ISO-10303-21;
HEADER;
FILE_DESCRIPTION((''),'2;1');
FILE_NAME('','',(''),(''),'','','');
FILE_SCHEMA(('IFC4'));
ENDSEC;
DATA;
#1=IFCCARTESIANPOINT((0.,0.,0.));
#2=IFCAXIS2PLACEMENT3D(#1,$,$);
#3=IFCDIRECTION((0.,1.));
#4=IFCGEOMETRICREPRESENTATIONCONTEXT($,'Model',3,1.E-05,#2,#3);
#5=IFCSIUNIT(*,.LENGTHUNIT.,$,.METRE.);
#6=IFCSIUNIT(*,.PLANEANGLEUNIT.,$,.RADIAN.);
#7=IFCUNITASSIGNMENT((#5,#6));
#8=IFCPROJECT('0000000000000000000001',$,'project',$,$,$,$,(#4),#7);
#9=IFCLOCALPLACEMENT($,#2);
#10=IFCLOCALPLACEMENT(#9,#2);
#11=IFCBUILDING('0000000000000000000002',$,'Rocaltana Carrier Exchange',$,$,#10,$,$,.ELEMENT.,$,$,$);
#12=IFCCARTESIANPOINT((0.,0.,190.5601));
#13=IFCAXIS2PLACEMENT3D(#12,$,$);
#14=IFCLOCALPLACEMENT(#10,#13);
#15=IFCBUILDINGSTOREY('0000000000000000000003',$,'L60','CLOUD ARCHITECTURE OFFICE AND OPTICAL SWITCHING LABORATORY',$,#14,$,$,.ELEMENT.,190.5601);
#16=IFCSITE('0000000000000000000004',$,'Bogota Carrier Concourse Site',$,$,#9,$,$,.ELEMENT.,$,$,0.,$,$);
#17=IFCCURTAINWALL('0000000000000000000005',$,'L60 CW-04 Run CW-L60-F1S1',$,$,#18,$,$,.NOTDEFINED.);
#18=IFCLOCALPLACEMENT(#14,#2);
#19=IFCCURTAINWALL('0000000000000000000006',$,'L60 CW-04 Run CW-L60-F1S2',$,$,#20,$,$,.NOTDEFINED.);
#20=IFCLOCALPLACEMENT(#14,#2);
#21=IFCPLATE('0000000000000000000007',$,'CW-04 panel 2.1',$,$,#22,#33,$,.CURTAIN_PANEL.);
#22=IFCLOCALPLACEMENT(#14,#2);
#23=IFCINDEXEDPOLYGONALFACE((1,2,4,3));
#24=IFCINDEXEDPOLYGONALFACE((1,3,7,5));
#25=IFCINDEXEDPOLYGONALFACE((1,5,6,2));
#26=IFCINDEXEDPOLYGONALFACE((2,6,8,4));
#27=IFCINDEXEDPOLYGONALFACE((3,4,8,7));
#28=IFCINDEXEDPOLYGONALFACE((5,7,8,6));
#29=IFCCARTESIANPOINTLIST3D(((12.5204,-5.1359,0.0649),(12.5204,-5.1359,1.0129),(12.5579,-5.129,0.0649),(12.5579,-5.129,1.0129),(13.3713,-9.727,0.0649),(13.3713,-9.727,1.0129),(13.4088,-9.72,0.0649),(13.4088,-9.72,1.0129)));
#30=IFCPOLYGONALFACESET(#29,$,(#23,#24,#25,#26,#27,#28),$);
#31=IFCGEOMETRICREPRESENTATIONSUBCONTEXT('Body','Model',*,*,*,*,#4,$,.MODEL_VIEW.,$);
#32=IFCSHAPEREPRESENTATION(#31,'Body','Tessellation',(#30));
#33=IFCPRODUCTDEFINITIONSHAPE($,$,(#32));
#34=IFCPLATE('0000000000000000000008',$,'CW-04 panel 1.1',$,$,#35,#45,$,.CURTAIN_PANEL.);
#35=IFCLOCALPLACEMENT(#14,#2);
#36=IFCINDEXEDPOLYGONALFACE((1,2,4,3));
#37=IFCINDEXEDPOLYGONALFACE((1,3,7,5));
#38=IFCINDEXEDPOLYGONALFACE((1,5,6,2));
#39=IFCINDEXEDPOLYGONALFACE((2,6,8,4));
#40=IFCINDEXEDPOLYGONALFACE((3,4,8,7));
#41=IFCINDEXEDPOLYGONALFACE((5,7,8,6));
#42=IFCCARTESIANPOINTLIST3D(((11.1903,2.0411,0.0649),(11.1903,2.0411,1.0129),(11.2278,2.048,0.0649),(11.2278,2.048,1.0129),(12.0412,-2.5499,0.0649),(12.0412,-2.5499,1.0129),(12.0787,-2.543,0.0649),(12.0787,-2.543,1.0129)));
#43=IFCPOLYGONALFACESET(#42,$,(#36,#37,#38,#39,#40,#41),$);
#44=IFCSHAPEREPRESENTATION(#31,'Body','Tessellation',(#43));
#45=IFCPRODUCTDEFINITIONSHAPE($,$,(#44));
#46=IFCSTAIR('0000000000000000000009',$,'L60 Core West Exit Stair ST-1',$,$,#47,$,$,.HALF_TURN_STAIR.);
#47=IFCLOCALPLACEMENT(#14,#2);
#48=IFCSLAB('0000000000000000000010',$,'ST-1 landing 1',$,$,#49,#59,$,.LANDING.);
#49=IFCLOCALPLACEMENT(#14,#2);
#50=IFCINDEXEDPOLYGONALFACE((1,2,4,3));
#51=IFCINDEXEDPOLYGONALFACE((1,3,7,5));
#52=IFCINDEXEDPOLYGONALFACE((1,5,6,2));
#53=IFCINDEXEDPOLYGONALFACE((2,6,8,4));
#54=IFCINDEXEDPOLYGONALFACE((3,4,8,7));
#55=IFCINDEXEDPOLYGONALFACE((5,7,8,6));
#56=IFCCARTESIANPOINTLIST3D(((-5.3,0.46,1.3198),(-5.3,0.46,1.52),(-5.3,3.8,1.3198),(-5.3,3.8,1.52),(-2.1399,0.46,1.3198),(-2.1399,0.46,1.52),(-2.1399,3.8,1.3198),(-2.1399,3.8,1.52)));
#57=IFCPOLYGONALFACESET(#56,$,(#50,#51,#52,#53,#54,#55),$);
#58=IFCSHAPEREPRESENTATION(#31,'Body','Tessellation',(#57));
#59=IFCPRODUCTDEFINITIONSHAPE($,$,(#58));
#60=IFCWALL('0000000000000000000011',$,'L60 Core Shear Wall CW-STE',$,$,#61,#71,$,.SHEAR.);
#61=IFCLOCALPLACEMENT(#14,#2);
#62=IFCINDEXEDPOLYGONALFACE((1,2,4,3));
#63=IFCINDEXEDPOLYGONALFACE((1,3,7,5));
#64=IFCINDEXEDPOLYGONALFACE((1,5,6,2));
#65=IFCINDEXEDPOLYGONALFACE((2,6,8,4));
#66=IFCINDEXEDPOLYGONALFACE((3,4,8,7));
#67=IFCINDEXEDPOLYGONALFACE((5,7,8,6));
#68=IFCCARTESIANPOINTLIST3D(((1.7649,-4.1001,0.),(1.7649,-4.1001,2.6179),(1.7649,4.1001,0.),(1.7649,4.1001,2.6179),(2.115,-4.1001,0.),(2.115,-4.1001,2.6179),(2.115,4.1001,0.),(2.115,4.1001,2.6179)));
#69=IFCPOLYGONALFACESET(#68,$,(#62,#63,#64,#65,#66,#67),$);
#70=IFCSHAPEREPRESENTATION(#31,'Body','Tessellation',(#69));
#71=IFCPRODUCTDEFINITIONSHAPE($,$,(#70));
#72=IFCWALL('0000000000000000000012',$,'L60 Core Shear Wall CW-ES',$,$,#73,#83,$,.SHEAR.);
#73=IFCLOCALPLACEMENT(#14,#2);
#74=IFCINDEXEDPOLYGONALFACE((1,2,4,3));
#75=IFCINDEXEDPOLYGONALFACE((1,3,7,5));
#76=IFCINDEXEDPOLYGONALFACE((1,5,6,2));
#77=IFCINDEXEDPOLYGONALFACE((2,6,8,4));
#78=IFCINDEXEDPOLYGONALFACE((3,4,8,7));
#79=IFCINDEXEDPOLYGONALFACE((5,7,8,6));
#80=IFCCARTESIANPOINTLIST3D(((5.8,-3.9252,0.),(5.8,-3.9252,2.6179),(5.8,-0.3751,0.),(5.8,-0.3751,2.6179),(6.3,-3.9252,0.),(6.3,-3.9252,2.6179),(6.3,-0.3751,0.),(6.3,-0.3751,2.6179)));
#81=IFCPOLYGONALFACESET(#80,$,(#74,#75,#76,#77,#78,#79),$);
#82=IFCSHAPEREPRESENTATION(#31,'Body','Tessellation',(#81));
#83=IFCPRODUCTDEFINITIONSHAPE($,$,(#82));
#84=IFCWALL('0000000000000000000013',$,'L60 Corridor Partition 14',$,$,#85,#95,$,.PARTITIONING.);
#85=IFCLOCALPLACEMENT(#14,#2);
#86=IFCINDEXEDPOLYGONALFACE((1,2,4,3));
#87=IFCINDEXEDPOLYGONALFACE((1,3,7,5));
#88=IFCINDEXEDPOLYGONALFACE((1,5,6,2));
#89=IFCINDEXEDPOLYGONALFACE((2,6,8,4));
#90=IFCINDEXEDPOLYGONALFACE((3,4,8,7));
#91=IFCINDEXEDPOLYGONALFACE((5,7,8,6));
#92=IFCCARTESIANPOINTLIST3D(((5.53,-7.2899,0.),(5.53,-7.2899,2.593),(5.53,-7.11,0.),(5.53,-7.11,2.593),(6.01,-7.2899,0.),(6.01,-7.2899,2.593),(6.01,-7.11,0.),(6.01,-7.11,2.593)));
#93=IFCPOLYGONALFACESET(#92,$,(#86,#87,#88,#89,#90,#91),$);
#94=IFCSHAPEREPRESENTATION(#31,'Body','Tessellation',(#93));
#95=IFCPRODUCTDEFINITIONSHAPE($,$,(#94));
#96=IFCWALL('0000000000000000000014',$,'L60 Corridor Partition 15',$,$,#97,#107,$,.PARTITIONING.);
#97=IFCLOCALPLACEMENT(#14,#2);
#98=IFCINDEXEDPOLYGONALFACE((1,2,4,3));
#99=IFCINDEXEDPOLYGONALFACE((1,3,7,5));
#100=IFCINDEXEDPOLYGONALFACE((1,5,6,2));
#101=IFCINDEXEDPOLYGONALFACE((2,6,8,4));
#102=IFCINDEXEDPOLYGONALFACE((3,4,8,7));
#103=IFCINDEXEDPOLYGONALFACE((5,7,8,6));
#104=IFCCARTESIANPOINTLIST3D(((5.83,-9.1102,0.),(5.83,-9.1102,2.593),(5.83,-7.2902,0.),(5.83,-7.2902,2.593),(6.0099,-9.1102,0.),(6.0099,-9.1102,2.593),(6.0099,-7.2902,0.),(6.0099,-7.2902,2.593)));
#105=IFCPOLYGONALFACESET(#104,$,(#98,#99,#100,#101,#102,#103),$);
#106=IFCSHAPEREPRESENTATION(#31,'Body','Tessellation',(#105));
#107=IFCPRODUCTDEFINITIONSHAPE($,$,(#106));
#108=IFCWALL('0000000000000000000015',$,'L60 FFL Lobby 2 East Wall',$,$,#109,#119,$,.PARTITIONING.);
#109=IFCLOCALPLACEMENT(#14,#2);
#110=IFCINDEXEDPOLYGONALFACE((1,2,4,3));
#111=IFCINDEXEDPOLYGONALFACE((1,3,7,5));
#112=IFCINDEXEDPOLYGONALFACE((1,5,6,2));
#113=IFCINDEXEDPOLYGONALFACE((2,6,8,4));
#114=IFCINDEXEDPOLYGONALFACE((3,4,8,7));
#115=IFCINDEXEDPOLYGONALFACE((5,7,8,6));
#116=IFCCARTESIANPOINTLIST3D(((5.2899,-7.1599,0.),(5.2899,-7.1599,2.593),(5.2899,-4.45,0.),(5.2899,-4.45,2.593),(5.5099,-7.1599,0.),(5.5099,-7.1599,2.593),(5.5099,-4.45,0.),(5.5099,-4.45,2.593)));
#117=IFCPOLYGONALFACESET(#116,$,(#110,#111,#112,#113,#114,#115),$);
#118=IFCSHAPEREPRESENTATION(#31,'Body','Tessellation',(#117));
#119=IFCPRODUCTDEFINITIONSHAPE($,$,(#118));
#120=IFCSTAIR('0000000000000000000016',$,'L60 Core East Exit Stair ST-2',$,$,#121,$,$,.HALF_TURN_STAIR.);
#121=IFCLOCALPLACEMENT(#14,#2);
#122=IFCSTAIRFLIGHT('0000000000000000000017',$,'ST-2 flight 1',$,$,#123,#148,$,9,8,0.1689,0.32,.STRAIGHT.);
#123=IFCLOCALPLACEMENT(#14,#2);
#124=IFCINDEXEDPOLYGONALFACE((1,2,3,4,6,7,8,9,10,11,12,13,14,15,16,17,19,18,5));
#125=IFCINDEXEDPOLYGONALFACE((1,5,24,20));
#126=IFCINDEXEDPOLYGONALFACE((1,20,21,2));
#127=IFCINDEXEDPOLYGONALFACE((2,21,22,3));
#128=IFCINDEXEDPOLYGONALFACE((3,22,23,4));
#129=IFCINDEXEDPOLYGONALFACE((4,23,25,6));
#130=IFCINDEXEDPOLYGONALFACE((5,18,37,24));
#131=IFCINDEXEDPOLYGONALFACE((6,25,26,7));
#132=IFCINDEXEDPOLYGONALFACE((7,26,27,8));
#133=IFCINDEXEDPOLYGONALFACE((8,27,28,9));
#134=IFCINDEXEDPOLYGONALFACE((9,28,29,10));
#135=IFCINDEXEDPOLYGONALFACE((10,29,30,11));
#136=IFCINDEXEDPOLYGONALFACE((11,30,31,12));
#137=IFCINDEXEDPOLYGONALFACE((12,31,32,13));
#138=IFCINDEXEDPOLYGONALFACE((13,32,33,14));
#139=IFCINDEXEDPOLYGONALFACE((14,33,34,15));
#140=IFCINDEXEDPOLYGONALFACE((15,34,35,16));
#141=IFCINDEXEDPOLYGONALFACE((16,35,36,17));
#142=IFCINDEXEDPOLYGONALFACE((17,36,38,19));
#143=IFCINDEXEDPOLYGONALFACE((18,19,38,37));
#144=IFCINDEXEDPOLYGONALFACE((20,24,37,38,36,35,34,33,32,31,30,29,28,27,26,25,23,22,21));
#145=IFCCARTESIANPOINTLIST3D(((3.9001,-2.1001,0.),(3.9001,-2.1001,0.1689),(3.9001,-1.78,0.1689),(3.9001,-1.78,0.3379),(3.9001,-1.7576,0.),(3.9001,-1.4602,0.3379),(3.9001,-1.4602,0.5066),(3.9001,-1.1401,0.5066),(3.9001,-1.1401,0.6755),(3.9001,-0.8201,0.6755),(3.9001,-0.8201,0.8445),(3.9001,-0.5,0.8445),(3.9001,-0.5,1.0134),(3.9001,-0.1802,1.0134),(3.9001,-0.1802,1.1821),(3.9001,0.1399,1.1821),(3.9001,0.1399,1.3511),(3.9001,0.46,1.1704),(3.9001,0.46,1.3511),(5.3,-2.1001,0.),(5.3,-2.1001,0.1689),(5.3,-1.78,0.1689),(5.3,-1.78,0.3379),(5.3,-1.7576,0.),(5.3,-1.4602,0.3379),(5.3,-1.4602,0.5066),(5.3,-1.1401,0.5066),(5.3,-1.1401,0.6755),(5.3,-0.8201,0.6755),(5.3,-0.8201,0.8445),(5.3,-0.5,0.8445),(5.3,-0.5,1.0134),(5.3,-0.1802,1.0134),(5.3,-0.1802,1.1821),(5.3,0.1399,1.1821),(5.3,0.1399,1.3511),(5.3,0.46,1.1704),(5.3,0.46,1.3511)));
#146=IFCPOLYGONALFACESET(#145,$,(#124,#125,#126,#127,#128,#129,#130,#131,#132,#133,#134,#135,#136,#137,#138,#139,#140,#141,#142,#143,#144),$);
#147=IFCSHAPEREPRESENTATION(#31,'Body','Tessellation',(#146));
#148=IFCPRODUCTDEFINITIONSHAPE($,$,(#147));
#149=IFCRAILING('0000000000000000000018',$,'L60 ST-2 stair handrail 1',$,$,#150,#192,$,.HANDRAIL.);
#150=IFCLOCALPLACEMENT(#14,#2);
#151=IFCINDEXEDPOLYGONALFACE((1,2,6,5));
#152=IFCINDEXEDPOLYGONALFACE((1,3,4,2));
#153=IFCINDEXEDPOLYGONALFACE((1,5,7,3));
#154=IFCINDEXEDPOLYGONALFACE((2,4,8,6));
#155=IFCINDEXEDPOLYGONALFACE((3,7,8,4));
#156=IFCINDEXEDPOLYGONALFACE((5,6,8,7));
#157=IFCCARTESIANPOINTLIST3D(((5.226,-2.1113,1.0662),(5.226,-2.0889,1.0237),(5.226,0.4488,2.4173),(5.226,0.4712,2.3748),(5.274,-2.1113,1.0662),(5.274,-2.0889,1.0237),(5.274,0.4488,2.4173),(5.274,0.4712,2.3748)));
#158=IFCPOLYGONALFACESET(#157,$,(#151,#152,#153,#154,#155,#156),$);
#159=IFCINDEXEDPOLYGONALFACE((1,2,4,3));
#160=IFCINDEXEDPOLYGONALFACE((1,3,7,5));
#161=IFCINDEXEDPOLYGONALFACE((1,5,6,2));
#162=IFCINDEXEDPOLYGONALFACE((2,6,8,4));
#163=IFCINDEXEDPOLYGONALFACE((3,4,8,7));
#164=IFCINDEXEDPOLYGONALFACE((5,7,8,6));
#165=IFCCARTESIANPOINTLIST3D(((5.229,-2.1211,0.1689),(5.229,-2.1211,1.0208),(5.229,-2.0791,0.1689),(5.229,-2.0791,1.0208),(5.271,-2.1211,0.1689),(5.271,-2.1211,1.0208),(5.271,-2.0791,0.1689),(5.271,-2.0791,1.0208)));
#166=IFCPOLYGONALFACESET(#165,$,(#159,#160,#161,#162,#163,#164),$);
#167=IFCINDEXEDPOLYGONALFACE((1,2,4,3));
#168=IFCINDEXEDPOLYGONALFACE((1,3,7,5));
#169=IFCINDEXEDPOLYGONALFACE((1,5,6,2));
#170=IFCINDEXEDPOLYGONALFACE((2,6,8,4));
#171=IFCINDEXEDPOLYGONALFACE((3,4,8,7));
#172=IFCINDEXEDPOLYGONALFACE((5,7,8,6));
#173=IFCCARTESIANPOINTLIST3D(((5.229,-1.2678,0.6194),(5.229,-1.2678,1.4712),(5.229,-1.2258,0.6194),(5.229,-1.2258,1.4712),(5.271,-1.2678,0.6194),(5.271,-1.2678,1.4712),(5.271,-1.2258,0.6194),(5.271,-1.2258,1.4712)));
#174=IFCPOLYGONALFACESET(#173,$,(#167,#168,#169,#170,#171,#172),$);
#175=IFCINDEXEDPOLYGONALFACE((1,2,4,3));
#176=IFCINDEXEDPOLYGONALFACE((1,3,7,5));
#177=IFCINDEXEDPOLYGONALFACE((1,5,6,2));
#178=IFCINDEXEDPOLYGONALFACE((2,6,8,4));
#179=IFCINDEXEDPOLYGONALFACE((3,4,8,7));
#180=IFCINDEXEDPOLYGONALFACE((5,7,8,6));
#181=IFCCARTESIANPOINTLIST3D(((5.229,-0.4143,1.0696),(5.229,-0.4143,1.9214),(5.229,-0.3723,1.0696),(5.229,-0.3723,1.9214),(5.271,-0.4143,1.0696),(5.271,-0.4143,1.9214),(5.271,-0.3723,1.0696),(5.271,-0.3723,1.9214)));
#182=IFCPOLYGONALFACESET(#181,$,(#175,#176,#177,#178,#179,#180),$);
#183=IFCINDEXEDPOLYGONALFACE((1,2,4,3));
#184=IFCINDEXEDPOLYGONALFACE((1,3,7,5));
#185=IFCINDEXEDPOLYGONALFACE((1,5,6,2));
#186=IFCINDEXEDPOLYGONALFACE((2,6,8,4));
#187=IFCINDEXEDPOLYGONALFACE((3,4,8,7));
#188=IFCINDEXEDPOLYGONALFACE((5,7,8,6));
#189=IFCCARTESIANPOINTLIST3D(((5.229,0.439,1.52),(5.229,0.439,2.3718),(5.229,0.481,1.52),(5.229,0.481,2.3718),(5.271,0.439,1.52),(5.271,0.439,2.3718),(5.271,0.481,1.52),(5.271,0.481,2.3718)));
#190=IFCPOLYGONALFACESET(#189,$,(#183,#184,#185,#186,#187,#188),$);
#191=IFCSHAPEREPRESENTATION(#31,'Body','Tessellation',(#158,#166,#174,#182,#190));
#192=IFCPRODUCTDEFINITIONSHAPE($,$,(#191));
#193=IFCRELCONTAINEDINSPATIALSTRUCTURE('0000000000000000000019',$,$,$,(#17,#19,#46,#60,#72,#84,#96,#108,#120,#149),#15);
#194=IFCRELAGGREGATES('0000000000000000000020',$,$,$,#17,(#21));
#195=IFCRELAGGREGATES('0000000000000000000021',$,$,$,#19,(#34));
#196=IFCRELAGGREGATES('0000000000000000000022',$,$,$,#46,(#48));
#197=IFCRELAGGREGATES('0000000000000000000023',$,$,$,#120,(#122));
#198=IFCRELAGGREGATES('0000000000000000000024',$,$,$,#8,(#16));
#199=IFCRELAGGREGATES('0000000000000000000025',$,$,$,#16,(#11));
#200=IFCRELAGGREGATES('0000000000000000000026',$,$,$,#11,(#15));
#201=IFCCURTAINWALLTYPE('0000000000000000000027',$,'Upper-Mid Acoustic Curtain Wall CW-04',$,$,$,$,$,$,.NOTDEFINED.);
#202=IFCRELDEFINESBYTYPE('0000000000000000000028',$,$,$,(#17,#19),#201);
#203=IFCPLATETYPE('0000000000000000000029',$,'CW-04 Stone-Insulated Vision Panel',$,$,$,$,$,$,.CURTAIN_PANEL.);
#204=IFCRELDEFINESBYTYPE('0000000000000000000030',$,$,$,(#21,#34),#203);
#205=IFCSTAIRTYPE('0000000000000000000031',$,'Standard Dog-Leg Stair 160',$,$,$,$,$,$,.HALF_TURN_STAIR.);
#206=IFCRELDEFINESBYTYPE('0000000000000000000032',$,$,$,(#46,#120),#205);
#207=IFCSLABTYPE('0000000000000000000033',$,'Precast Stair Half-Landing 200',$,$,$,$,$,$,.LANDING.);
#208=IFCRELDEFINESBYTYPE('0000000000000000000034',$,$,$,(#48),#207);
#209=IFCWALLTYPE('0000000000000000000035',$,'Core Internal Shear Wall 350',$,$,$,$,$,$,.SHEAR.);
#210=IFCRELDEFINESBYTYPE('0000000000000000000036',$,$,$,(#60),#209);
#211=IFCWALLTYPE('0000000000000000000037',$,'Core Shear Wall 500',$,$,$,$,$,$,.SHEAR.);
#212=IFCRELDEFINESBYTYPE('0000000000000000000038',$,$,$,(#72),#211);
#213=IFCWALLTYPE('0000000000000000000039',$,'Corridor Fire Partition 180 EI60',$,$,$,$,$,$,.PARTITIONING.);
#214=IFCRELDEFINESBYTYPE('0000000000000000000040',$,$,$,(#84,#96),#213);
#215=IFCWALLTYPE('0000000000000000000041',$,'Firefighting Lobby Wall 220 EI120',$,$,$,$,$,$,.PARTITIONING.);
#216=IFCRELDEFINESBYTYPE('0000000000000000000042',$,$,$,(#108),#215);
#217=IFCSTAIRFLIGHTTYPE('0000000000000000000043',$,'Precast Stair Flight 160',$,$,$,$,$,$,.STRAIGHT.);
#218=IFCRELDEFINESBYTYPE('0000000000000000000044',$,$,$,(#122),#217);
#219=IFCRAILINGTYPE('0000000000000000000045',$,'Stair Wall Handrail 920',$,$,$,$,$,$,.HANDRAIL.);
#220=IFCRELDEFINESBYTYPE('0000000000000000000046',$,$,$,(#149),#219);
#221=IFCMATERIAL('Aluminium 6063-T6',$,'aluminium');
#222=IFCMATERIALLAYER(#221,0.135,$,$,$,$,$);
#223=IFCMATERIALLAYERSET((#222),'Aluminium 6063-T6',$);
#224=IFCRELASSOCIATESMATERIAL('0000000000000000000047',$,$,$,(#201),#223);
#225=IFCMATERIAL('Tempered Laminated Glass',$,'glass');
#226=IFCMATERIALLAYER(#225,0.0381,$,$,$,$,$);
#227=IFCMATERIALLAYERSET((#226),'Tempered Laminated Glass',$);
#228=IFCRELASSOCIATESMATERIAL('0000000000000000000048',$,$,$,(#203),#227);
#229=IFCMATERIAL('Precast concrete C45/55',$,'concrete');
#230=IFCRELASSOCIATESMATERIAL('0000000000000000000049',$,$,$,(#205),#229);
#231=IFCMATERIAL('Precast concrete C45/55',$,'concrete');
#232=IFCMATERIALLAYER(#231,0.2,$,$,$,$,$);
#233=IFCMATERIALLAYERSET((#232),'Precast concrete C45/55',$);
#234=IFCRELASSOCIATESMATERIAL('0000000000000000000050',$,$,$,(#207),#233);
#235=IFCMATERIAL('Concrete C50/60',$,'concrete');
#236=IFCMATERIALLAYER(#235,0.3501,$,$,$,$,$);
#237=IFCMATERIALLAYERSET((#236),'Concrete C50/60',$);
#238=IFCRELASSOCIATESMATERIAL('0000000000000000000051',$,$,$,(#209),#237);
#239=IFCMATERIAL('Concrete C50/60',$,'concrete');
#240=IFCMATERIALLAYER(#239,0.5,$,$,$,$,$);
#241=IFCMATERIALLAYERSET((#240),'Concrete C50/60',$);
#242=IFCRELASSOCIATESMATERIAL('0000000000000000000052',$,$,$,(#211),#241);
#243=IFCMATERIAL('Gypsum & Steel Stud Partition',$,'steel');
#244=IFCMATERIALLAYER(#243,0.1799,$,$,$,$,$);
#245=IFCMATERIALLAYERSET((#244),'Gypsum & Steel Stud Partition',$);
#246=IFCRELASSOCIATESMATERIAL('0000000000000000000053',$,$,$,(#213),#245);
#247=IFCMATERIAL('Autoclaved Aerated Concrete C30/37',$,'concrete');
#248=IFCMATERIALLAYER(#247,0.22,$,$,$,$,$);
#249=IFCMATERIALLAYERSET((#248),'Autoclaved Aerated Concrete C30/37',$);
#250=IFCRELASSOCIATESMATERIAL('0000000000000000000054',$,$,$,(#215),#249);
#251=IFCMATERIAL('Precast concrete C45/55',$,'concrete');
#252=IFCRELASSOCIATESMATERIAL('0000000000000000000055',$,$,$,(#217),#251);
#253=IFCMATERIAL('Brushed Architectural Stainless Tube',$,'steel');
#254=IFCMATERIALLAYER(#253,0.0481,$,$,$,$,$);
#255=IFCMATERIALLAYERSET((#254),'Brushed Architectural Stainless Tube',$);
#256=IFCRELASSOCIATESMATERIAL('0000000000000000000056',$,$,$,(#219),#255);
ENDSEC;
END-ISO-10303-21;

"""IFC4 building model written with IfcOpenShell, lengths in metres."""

from ifc_helpers import new_model, si_unit, direction, frame, frame_2d, origin, origin_2d, place, context, subcontext, project, spatial, polyline, rectangle, outline, extrude, material, layer, layer_set, type_object, element, aggregate, save


model = new_model("IFC4")

# Units and contexts
model_context = context("Model", 3, precision=1e-05, world=origin(), true_north=direction((0.0, 1.0)))
body_context = subcontext(model_context, "Body", "Model", "MODEL_VIEW")
ifc_project = project(units=[si_unit("LENGTHUNIT", "METRE"), si_unit("PLANEANGLEUNIT", "RADIAN")], contexts=[model_context])

# Site, building, storey
site_placement = place(None, origin())
site = spatial("IfcSite", under=ifc_project, at=site_placement, Name="Bogota Carrier Concourse Site", CompositionType="ELEMENT", RefElevation=0.0)
building_placement = place(site_placement, origin())
building = spatial("IfcBuilding", under=site, at=building_placement, Name="Rocaltana Carrier Exchange", CompositionType="ELEMENT")
storey_placement = place(building_placement, frame((0.0, 0.0, 190.5601)))
storey = spatial("IfcBuildingStorey", under=building, at=storey_placement, Name="L60", Description="CLOUD ARCHITECTURE OFFICE AND OPTICAL SWITCHING LABORATORY", CompositionType="ELEMENT", Elevation=190.5601)

# Curtain wall
ifc_material_1 = material(Name="Aluminium 6063-T6", Category="aluminium")
ifc_layer_1 = layer(ifc_material_1, 0.135)
ifc_layer_set_1 = layer_set([ifc_layer_1], Name="Aluminium 6063-T6")
curtain_wall_type = type_object("IfcCurtainWallType", Name="Upper-Mid Acoustic Curtain Wall CW-04", PredefinedType="NOTDEFINED", material=ifc_layer_set_1)
curtain_wall_1_placement = place(storey_placement, origin())
curtain_wall_1 = element("IfcCurtainWall", 1, at=curtain_wall_1_placement, inside=storey, type_object=curtain_wall_type, Name="L60 CW-04 Run CW-L60-F1S1", PredefinedType="NOTDEFINED")

# Curtain wall
curtain_wall_2_placement = place(storey_placement, origin())
curtain_wall_2 = element("IfcCurtainWall", 2, at=curtain_wall_2_placement, inside=storey, type_object=curtain_wall_type, Name="L60 CW-04 Run CW-L60-F1S2", PredefinedType="NOTDEFINED")

# Plates
ifc_material_2 = material(Name="Tempered Laminated Glass", Category="glass")
ifc_layer_2 = layer(ifc_material_2, 0.0381)
ifc_layer_set_2 = layer_set([ifc_layer_2], Name="Tempered Laminated Glass")
plate_type = type_object("IfcPlateType", Name="CW-04 Stone-Insulated Vision Panel", PredefinedType="CURTAIN_PANEL", material=ifc_layer_set_2)
plate_1_placement = place(storey_placement, frame((12.9646, -7.428, 0.0649), z_axis=(0.0, 0.0, 1.0), x_axis=(-0.182234, 0.983255, 0.0)))
plate_1 = element("IfcPlate", 3, at=plate_1_placement, type_object=plate_type, Name="CW-04 panel 2.1", PredefinedType="CURTAIN_PANEL", context=body_context, shape_type="SweptSolid", body=[
    extrude(rectangle(XDim=4.6692, YDim=0.0381, at=origin_2d()), origin(), (0.0, 0.0, 1.0), 0.948),
])
aggregate(curtain_wall_1, [plate_1])
plate_2_placement = place(storey_placement, frame((11.6345, -0.251, 0.0649), z_axis=(0.0, 0.0, 1.0), x_axis=(-0.182236, 0.983255, 0.0)))
plate_2 = element("IfcPlate", 4, at=plate_2_placement, type_object=plate_type, Name="CW-04 panel 1.1", PredefinedType="CURTAIN_PANEL", context=body_context, shape_type="SweptSolid", body=[
    extrude(rectangle(XDim=4.6692, YDim=0.0381, at=origin_2d()), origin(), (0.0, 0.0, 1.0), 0.948),
])
aggregate(curtain_wall_2, [plate_2])

# Stair, slab
ifc_material_3 = material(Name="Precast concrete C45/55", Category="concrete")
stair_type = type_object("IfcStairType", Name="Standard Dog-Leg Stair 160", PredefinedType="HALF_TURN_STAIR", material=ifc_material_3)
stair_1_placement = place(storey_placement, origin())
stair_1 = element("IfcStair", 5, at=stair_1_placement, inside=storey, type_object=stair_type, Name="L60 Core West Exit Stair ST-1", PredefinedType="HALF_TURN_STAIR")
ifc_material_4 = material(Name="Precast concrete C45/55", Category="concrete")
ifc_layer_3 = layer(ifc_material_4, 0.2)
ifc_layer_set_3 = layer_set([ifc_layer_3], Name="Precast concrete C45/55")
slab_type = type_object("IfcSlabType", Name="Precast Stair Half-Landing 200", PredefinedType="LANDING", material=ifc_layer_set_3)
slab_placement = place(storey_placement, frame((0.0, 0.0, 1.3198)))
slab = element("IfcSlab", 6, at=slab_placement, type_object=slab_type, Name="ST-1 landing 1", PredefinedType="LANDING", context=body_context, shape_type="SweptSolid", body=[
    extrude(outline(polyline([(-2.1399, 0.46), (-2.1399, 3.8), (-5.3, 3.8), (-5.3, 0.46), (-2.1399, 0.46)])), origin(), (0.0, 0.0, 1.0), 0.2002),
])
aggregate(stair_1, [slab])

# Walls
ifc_material_5 = material(Name="Concrete C50/60", Category="concrete")
ifc_layer_4 = layer(ifc_material_5, 0.3501)
ifc_layer_set_4 = layer_set([ifc_layer_4], Name="Concrete C50/60")
wall_type_1 = type_object("IfcWallType", Name="Core Internal Shear Wall 350", PredefinedType="SHEAR", material=ifc_layer_set_4)
wall_1_placement = place(storey_placement, frame((1.9399, -4.1001, 0.0), z_axis=(0.0, 0.0, 1.0), x_axis=(0.0, 1.0, 0.0)))
element("IfcWall", 7, at=wall_1_placement, inside=storey, type_object=wall_type_1, Name="L60 Core Shear Wall CW-STE", PredefinedType="SHEAR", context=body_context, shape_type="SweptSolid", body=[
    extrude(rectangle(XDim=8.2002, YDim=0.3501, at=frame_2d((4.1001, 0.0))), origin(), (0.0, 0.0, 1.0), 2.6179),
])
ifc_material_6 = material(Name="Concrete C50/60", Category="concrete")
ifc_layer_5 = layer(ifc_material_6, 0.5)
ifc_layer_set_5 = layer_set([ifc_layer_5], Name="Concrete C50/60")
wall_type_2 = type_object("IfcWallType", Name="Core Shear Wall 500", PredefinedType="SHEAR", material=ifc_layer_set_5)
wall_2_placement = place(storey_placement, frame((6.05, -3.925, 0.0), z_axis=(0.0, 0.0, 1.0), x_axis=(0.0, 1.0, 0.0)))
element("IfcWall", 8, at=wall_2_placement, inside=storey, type_object=wall_type_2, Name="L60 Core Shear Wall CW-ES", PredefinedType="SHEAR", context=body_context, shape_type="SweptSolid", body=[
    extrude(rectangle(XDim=3.55, YDim=0.5, at=frame_2d((1.7749, 0.0))), origin(), (0.0, 0.0, 1.0), 2.6179),
])
ifc_material_7 = material(Name="Gypsum & Steel Stud Partition", Category="steel")
ifc_layer_6 = layer(ifc_material_7, 0.1799)
ifc_layer_set_6 = layer_set([ifc_layer_6], Name="Gypsum & Steel Stud Partition")
wall_type_3 = type_object("IfcWallType", Name="Corridor Fire Partition 180 EI60", PredefinedType="PARTITIONING", material=ifc_layer_set_6)
wall_3_placement = place(storey_placement, frame((5.53, -7.2, 0.0), z_axis=(0.0, 0.0, 1.0), x_axis=(1.0, 0.0, 0.0)))
element("IfcWall", 9, at=wall_3_placement, inside=storey, type_object=wall_type_3, Name="L60 Corridor Partition 14", PredefinedType="PARTITIONING", context=body_context, shape_type="SweptSolid", body=[
    extrude(rectangle(XDim=0.48, YDim=0.1799, at=frame_2d((0.24, 0.0))), origin(), (0.0, 0.0, 1.0), 2.593),
])
wall_4_placement = place(storey_placement, frame((5.9199, -7.29, 0.0), z_axis=(0.0, 0.0, 1.0), x_axis=(0.0, -1.0, 0.0)))
element("IfcWall", 10, at=wall_4_placement, inside=storey, type_object=wall_type_3, Name="L60 Corridor Partition 15", PredefinedType="PARTITIONING", context=body_context, shape_type="SweptSolid", body=[
    extrude(rectangle(XDim=1.8201, YDim=0.1799, at=frame_2d((0.9102, 0.0))), origin(), (0.0, 0.0, 1.0), 2.593),
])
ifc_material_8 = material(Name="Autoclaved Aerated Concrete C30/37", Category="concrete")
ifc_layer_7 = layer(ifc_material_8, 0.22)
ifc_layer_set_7 = layer_set([ifc_layer_7], Name="Autoclaved Aerated Concrete C30/37")
wall_type_4 = type_object("IfcWallType", Name="Firefighting Lobby Wall 220 EI120", PredefinedType="PARTITIONING", material=ifc_layer_set_7)
wall_5_placement = place(storey_placement, frame((5.3999, -7.1599, 0.0), z_axis=(0.0, 0.0, 1.0), x_axis=(0.0, 1.0, 0.0)))
element("IfcWall", 11, at=wall_5_placement, inside=storey, type_object=wall_type_4, Name="L60 FFL Lobby 2 East Wall", PredefinedType="PARTITIONING", context=body_context, shape_type="SweptSolid", body=[
    extrude(rectangle(XDim=2.71, YDim=0.22, at=frame_2d((1.355, 0.0))), origin(), (0.0, 0.0, 1.0), 2.593),
])

# Stair, stair flight
stair_2_placement = place(storey_placement, origin())
stair_2 = element("IfcStair", 12, at=stair_2_placement, inside=storey, type_object=stair_type, Name="L60 Core East Exit Stair ST-2", PredefinedType="HALF_TURN_STAIR")
ifc_material_9 = material(Name="Precast concrete C45/55", Category="concrete")
stair_flight_type = type_object("IfcStairFlightType", Name="Precast Stair Flight 160", PredefinedType="STRAIGHT", material=ifc_material_9)
stair_flight_placement = place(storey_placement, frame((4.6001, -2.1001, 0.0), z_axis=(0.0, 0.0, 1.0), x_axis=(0.0, 1.0, 0.0)))
stair_flight = element("IfcStairFlight", 13, at=stair_flight_placement, type_object=stair_flight_type, Name="ST-2 flight 1", NumberOfRisers=9, NumberOfTreads=8, PredefinedType="STRAIGHT", RiserHeight=0.1689, TreadLength=0.32, context=body_context, shape_type="SweptSolid", body=[
    extrude(outline(polyline([(0.0, 0.0), (0.0, 0.1689), (0.3201, 0.1689), (0.3201, 0.3379), (0.6399, 0.3379), (0.6399, 0.5066), (0.96, 0.5066), (0.96, 0.6755), (1.28, 0.6755), (1.28, 0.8445), (1.6001, 0.8445), (1.6001, 1.0134), (1.9199, 1.0134), (1.9199, 1.1821), (2.24, 1.1821), (2.24, 1.3511), (2.5601, 1.3511), (2.5601, 1.52), (2.5601, 1.1704), (0.3425, 0.0), (0.0, 0.0)])), frame((0.0, 0.7, 0.0), z_axis=(0.0, -1.0, 0.0), x_axis=(1.0, 0.0, 0.0)), (0.0, 0.0, 1.0), 1.3999),
])
aggregate(stair_2, [stair_flight])

# Railing
ifc_material_10 = material(Name="Brushed Architectural Stainless Tube", Category="steel")
ifc_layer_8 = layer(ifc_material_10, 0.0481)
ifc_layer_set_8 = layer_set([ifc_layer_8], Name="Brushed Architectural Stainless Tube")
railing_type_1 = type_object("IfcRailingType", Name="Stair Wall Handrail 920", PredefinedType="HANDRAIL", material=ifc_layer_set_8)
railing_1_placement = place(storey_placement, frame((5.25, -2.1001, 0.1689)))
element("IfcRailing", 14, at=railing_1_placement, inside=storey, type_object=railing_type_1, Name="L60 ST-2 stair handrail 1", PredefinedType="HANDRAIL", context=body_context, shape_type="SweptSolid", body=[
    extrude(rectangle(XDim=0.0481, YDim=0.0481, at=origin_2d()), frame((0.0, 0.0, 0.876), z_axis=(0.0, 0.884394, 0.46674), x_axis=(-1.0, 0.0, 0.0)), (0.0, 0.0, 1.0), 2.8948),
    extrude(rectangle(XDim=0.042, YDim=0.042, at=origin_2d()), origin(), (0.0, 0.0, 1.0), 0.8518),
    extrude(rectangle(XDim=0.042, YDim=0.042, at=origin_2d()), frame((0.0, 0.8533, 0.4504)), (0.0, 0.0, 1.0), 0.8518),
    extrude(rectangle(XDim=0.042, YDim=0.042, at=origin_2d()), frame((0.0, 1.7068, 0.9006)), (0.0, 0.0, 1.0), 0.8518),
    extrude(rectangle(XDim=0.042, YDim=0.042, at=origin_2d()), frame((0.0, 2.5601, 1.3511)), (0.0, 0.0, 1.0), 0.8518),
])

save(model, "model.ifc")
